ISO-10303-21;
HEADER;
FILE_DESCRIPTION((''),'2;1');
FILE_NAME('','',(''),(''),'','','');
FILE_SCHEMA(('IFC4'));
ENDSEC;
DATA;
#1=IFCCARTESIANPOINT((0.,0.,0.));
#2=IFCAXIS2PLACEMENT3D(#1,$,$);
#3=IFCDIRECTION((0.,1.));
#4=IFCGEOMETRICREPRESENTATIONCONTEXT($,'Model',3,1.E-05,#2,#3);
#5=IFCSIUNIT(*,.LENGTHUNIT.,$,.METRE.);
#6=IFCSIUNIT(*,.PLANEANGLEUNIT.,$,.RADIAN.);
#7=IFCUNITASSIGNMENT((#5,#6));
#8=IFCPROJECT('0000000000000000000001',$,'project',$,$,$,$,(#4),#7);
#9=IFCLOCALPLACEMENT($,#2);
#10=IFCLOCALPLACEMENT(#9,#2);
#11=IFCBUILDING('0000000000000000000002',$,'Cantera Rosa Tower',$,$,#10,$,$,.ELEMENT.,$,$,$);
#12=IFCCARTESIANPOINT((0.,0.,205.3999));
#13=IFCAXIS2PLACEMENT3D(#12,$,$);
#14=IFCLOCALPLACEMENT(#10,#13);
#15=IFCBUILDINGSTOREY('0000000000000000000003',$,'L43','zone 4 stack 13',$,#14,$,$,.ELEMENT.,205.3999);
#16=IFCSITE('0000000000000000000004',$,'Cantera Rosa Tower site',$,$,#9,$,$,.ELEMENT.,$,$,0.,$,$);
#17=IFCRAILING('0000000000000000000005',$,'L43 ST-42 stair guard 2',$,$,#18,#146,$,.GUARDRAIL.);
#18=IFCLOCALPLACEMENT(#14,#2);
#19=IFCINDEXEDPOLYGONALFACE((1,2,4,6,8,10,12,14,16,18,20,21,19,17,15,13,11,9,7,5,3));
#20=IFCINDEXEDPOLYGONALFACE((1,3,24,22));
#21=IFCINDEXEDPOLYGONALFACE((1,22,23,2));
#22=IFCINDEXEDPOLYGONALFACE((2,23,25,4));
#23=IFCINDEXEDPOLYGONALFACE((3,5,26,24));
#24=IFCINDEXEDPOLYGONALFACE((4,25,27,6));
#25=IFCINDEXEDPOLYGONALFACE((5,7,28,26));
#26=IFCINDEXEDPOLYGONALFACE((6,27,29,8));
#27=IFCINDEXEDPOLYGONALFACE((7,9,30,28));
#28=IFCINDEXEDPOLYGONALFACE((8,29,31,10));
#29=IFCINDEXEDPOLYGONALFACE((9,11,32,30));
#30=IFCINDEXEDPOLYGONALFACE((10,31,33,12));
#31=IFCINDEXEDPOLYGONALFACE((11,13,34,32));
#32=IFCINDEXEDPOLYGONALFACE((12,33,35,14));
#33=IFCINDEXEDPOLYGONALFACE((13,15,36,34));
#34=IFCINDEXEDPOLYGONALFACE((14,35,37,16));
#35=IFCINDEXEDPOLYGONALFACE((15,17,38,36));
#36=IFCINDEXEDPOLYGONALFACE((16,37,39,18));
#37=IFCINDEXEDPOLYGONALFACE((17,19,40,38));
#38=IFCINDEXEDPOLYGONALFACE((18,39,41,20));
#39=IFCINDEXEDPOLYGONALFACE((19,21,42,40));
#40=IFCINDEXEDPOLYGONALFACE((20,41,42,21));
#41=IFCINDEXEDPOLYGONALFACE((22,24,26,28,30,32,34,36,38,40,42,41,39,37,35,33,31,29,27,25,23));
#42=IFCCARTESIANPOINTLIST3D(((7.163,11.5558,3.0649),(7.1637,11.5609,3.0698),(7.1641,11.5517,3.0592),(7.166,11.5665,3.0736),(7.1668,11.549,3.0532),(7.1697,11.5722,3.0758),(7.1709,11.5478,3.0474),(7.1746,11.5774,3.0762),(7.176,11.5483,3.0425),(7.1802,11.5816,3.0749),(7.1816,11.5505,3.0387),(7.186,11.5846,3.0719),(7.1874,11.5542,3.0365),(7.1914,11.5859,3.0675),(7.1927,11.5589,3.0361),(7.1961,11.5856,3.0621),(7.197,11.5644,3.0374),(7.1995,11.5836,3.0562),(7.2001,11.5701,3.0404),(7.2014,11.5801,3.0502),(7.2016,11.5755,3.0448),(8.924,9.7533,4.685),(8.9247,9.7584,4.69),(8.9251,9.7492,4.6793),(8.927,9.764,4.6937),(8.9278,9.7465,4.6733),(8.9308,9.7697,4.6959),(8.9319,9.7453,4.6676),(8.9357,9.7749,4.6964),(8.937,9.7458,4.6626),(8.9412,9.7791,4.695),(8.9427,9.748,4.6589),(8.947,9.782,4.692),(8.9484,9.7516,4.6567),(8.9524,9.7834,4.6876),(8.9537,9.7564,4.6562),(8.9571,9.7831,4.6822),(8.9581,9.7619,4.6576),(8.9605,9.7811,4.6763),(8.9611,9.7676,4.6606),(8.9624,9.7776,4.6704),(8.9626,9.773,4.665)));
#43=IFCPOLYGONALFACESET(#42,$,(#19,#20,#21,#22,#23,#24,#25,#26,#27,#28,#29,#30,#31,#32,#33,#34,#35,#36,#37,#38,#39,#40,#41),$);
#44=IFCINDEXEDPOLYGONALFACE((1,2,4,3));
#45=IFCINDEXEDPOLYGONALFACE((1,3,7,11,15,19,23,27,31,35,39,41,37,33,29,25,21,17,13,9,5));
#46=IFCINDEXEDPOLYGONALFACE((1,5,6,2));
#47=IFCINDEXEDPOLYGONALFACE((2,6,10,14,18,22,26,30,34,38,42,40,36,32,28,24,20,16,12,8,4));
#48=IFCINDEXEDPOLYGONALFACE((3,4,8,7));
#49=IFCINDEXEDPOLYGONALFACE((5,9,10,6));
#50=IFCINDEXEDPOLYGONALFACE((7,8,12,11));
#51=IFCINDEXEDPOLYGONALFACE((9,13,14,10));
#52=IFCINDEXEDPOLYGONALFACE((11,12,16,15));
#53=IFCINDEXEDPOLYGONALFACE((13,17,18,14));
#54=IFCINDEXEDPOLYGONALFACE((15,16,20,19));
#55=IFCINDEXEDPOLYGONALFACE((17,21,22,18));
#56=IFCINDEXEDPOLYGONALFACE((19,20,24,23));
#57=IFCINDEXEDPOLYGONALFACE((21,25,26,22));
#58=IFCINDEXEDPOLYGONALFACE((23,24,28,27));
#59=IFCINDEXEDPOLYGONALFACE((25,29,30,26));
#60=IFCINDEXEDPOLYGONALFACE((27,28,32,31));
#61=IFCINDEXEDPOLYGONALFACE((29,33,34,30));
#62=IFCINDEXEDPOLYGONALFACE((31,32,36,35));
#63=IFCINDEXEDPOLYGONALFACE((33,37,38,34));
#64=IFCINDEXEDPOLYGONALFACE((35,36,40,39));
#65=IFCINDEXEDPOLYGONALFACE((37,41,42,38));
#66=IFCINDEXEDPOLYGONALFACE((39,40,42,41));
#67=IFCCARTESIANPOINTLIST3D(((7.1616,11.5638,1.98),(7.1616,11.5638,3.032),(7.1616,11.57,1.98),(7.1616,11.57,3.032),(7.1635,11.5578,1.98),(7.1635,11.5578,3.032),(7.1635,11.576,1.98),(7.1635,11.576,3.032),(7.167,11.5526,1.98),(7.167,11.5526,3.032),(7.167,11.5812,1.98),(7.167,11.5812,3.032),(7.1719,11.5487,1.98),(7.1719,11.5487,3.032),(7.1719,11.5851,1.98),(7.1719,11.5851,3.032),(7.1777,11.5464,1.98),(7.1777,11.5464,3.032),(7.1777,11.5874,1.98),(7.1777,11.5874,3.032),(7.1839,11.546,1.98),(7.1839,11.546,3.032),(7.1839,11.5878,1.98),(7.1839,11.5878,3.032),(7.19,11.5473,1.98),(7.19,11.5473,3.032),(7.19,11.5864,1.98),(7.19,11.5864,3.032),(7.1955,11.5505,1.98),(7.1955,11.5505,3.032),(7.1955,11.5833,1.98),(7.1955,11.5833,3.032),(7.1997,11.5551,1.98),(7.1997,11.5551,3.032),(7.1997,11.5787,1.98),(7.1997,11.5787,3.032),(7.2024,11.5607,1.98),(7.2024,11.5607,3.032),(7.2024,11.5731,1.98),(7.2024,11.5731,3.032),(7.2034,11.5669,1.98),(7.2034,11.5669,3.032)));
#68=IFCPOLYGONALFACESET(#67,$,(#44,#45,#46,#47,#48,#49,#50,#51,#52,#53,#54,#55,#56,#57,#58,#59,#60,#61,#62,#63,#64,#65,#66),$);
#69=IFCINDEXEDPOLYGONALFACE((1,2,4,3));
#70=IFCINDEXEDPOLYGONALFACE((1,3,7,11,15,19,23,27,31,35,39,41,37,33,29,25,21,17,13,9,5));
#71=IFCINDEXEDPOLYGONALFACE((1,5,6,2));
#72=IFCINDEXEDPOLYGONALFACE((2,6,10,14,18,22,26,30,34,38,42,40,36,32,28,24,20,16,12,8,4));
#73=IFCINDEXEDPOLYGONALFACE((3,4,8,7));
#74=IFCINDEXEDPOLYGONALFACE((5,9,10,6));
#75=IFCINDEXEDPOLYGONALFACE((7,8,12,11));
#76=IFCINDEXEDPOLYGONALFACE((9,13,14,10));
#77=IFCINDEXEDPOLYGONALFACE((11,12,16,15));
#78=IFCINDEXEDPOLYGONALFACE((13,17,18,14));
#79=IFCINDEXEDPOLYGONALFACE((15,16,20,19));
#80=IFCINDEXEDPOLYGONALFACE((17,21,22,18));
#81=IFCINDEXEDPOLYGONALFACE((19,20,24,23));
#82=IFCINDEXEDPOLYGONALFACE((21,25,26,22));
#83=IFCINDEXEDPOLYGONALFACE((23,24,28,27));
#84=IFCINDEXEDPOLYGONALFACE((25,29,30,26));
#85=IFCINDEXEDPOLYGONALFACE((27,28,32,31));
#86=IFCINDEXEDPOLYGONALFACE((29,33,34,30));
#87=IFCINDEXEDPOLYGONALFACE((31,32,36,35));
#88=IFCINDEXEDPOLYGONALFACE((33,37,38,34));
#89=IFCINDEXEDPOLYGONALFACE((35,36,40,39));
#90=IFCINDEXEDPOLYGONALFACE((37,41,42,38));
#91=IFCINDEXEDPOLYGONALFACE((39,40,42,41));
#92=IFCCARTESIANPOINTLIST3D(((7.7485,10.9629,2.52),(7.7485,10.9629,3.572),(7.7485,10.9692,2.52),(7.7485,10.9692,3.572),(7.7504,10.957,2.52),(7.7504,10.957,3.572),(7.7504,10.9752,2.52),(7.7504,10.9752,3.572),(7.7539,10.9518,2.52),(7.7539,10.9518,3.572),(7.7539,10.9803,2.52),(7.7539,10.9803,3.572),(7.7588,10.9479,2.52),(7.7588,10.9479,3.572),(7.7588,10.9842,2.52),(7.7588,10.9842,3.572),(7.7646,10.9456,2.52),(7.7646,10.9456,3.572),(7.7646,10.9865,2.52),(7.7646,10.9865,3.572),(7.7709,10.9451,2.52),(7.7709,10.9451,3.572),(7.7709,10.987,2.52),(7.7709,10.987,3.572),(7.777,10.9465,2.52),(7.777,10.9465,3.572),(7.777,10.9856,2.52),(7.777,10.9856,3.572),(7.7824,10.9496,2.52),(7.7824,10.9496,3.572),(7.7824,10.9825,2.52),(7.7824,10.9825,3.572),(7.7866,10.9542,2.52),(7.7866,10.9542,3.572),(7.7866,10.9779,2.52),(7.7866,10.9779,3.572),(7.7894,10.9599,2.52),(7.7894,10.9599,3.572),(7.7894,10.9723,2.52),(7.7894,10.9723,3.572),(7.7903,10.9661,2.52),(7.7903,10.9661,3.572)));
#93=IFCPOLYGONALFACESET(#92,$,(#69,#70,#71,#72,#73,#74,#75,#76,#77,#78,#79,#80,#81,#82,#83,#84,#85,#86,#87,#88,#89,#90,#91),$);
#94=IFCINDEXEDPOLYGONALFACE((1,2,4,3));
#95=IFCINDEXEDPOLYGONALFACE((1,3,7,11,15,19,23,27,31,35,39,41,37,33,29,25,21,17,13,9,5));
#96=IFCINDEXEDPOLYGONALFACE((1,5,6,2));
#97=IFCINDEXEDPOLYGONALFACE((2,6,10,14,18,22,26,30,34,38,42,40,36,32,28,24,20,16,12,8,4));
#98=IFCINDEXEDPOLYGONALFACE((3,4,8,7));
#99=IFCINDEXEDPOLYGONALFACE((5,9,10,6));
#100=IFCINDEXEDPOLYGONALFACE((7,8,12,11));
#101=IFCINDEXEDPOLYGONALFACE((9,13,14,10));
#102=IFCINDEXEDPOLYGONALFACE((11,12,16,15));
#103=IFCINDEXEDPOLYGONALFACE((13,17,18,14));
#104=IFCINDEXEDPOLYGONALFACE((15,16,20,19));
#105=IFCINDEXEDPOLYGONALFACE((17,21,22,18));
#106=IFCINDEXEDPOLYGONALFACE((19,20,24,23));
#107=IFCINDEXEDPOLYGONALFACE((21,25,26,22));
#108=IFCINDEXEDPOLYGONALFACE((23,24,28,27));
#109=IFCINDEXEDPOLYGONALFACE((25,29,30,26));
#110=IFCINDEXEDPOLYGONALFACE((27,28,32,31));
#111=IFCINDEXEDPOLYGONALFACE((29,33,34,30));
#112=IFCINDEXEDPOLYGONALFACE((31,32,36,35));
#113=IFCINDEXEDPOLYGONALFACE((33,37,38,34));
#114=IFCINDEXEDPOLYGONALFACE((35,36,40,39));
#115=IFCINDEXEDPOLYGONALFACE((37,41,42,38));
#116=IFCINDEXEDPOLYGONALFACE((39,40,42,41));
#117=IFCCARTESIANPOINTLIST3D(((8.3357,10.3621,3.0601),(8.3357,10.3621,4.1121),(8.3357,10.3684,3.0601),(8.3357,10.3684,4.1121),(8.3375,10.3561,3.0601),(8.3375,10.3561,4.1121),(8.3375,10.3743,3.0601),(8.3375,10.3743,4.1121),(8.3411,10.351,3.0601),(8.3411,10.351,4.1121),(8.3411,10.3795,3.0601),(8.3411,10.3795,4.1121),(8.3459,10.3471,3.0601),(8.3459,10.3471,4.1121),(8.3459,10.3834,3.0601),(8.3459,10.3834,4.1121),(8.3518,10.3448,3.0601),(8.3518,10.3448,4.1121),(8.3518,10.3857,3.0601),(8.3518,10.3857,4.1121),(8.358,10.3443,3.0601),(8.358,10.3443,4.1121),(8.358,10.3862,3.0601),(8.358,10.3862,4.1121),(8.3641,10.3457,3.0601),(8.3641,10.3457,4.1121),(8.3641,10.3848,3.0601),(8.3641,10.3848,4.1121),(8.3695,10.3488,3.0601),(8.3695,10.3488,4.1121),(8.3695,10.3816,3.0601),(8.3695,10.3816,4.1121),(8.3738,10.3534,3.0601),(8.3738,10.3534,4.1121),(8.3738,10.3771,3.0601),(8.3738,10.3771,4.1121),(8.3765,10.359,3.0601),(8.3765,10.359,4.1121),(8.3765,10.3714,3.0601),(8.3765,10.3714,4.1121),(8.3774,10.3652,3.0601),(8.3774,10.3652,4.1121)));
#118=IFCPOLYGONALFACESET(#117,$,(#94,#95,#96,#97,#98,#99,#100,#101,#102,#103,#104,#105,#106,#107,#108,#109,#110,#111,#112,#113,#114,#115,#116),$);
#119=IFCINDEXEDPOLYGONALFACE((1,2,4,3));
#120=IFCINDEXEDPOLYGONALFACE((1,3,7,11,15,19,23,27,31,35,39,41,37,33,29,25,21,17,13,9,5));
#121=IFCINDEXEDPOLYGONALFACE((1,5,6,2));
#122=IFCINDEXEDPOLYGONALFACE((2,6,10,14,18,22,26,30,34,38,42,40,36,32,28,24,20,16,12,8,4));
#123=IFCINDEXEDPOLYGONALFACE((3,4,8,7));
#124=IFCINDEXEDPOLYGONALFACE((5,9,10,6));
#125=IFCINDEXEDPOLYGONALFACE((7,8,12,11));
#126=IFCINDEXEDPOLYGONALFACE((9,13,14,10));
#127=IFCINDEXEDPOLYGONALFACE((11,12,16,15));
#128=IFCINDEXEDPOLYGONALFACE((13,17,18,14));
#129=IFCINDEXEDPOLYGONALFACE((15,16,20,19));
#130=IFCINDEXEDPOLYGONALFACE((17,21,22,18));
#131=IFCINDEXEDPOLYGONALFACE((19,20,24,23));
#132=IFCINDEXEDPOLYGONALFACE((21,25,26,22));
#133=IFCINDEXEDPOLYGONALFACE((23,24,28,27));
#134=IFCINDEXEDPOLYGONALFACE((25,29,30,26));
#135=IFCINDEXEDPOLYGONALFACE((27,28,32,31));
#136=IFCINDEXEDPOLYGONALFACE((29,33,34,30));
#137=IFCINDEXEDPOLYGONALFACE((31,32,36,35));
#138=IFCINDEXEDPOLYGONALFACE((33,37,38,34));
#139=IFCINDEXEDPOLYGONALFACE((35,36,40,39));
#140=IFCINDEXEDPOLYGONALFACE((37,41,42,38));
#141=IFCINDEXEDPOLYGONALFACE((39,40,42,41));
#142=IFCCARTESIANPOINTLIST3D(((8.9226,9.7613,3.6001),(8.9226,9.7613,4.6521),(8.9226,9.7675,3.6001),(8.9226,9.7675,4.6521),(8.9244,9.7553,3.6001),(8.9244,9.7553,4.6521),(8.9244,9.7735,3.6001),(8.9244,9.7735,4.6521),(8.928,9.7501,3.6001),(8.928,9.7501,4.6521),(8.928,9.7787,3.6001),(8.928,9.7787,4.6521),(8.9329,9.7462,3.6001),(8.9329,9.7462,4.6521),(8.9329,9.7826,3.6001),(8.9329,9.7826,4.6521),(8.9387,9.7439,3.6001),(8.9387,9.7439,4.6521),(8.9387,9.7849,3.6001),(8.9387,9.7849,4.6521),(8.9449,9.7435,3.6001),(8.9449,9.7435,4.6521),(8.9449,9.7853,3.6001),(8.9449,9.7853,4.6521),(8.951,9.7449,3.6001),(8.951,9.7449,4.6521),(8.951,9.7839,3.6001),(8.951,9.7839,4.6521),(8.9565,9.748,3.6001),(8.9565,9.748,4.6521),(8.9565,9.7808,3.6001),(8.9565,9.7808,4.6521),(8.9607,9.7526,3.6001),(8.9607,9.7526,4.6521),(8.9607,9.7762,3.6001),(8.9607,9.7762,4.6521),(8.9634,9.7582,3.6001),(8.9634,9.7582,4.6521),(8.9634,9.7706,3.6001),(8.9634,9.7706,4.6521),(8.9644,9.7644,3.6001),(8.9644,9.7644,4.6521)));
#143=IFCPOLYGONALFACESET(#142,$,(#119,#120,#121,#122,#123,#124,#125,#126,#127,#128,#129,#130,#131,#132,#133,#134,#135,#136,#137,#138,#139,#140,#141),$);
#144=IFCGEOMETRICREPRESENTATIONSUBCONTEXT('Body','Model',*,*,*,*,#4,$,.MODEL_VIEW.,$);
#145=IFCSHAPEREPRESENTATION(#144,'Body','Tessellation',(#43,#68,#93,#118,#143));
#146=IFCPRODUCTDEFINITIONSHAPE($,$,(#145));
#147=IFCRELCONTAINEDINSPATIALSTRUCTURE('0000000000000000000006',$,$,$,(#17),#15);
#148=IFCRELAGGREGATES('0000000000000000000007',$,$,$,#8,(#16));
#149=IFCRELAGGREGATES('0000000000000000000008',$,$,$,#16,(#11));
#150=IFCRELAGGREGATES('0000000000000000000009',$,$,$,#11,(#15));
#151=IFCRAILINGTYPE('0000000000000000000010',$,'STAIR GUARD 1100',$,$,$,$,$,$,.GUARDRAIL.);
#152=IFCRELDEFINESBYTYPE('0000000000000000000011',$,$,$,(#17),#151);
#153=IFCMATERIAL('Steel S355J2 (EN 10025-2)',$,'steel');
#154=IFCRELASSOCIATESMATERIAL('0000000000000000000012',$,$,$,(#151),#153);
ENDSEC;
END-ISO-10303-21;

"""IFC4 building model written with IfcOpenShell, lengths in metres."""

from ifc_helpers import new_model, si_unit, direction, frame, origin, origin_2d, place, context, subcontext, project, spatial, circle, extrude, material, type_object, element, save


model = new_model("IFC4")

# Units and contexts
model_context = context("Model", 3, precision=1e-05, world=origin(), true_north=direction((0.0, 1.0)))
body_context = subcontext(model_context, "Body", "Model", "MODEL_VIEW")
ifc_project = project(units=[si_unit("LENGTHUNIT", "METRE"), si_unit("PLANEANGLEUNIT", "RADIAN")], contexts=[model_context])

# Site, building, storey
site_placement = place(None, origin())
site = spatial("IfcSite", under=ifc_project, at=site_placement, Name="Cantera Rosa Tower site", CompositionType="ELEMENT", RefElevation=0.0)
building_placement = place(site_placement, origin())
building = spatial("IfcBuilding", under=site, at=building_placement, Name="Cantera Rosa Tower", CompositionType="ELEMENT")
storey_placement = place(building_placement, frame((0.0, 0.0, 205.3999)))
storey = spatial("IfcBuildingStorey", under=building, at=storey_placement, Name="L43", Description="zone 4 stack 13", CompositionType="ELEMENT", Elevation=205.3999)

# Railing
ifc_material_1 = material(Name="Steel S355J2 (EN 10025-2)", Category="steel")
railing_type_1 = type_object("IfcRailingType", Name="STAIR GUARD 1100", PredefinedType="GUARDRAIL", material=ifc_material_1)
railing_1_placement = place(storey_placement, frame((7.1824, 11.5669, 1.98)))
element("IfcRailing", 1, at=railing_1_placement, inside=storey, type_object=railing_type_1, Name="L43 ST-42 stair guard 2", PredefinedType="GUARDRAIL", context=body_context, shape_type="SweptSolid", body=[
    extrude(circle(Radius=0.0239, at=origin_2d()), frame((0.0, 0.0, 1.0762), z_axis=(0.587818, -0.601672, 0.540796), x_axis=(0.715294, 0.698824, 0.0)), (0.0, 0.0, 1.0), 2.9958),
    extrude(circle(Radius=0.021, at=origin_2d()), origin(), (0.0, 0.0, 1.0), 1.052),
    extrude(circle(Radius=0.021, at=origin_2d()), frame((0.5869, -0.6008, 0.54)), (0.0, 0.0, 1.0), 1.052),
    extrude(circle(Radius=0.021, at=origin_2d()), frame((1.1741, -1.2017, 1.0801)), (0.0, 0.0, 1.0), 1.052),
    extrude(circle(Radius=0.021, at=origin_2d()), frame((1.761, -1.8025, 1.6201)), (0.0, 0.0, 1.0), 1.052),
])

save(model, "model.ifc")
